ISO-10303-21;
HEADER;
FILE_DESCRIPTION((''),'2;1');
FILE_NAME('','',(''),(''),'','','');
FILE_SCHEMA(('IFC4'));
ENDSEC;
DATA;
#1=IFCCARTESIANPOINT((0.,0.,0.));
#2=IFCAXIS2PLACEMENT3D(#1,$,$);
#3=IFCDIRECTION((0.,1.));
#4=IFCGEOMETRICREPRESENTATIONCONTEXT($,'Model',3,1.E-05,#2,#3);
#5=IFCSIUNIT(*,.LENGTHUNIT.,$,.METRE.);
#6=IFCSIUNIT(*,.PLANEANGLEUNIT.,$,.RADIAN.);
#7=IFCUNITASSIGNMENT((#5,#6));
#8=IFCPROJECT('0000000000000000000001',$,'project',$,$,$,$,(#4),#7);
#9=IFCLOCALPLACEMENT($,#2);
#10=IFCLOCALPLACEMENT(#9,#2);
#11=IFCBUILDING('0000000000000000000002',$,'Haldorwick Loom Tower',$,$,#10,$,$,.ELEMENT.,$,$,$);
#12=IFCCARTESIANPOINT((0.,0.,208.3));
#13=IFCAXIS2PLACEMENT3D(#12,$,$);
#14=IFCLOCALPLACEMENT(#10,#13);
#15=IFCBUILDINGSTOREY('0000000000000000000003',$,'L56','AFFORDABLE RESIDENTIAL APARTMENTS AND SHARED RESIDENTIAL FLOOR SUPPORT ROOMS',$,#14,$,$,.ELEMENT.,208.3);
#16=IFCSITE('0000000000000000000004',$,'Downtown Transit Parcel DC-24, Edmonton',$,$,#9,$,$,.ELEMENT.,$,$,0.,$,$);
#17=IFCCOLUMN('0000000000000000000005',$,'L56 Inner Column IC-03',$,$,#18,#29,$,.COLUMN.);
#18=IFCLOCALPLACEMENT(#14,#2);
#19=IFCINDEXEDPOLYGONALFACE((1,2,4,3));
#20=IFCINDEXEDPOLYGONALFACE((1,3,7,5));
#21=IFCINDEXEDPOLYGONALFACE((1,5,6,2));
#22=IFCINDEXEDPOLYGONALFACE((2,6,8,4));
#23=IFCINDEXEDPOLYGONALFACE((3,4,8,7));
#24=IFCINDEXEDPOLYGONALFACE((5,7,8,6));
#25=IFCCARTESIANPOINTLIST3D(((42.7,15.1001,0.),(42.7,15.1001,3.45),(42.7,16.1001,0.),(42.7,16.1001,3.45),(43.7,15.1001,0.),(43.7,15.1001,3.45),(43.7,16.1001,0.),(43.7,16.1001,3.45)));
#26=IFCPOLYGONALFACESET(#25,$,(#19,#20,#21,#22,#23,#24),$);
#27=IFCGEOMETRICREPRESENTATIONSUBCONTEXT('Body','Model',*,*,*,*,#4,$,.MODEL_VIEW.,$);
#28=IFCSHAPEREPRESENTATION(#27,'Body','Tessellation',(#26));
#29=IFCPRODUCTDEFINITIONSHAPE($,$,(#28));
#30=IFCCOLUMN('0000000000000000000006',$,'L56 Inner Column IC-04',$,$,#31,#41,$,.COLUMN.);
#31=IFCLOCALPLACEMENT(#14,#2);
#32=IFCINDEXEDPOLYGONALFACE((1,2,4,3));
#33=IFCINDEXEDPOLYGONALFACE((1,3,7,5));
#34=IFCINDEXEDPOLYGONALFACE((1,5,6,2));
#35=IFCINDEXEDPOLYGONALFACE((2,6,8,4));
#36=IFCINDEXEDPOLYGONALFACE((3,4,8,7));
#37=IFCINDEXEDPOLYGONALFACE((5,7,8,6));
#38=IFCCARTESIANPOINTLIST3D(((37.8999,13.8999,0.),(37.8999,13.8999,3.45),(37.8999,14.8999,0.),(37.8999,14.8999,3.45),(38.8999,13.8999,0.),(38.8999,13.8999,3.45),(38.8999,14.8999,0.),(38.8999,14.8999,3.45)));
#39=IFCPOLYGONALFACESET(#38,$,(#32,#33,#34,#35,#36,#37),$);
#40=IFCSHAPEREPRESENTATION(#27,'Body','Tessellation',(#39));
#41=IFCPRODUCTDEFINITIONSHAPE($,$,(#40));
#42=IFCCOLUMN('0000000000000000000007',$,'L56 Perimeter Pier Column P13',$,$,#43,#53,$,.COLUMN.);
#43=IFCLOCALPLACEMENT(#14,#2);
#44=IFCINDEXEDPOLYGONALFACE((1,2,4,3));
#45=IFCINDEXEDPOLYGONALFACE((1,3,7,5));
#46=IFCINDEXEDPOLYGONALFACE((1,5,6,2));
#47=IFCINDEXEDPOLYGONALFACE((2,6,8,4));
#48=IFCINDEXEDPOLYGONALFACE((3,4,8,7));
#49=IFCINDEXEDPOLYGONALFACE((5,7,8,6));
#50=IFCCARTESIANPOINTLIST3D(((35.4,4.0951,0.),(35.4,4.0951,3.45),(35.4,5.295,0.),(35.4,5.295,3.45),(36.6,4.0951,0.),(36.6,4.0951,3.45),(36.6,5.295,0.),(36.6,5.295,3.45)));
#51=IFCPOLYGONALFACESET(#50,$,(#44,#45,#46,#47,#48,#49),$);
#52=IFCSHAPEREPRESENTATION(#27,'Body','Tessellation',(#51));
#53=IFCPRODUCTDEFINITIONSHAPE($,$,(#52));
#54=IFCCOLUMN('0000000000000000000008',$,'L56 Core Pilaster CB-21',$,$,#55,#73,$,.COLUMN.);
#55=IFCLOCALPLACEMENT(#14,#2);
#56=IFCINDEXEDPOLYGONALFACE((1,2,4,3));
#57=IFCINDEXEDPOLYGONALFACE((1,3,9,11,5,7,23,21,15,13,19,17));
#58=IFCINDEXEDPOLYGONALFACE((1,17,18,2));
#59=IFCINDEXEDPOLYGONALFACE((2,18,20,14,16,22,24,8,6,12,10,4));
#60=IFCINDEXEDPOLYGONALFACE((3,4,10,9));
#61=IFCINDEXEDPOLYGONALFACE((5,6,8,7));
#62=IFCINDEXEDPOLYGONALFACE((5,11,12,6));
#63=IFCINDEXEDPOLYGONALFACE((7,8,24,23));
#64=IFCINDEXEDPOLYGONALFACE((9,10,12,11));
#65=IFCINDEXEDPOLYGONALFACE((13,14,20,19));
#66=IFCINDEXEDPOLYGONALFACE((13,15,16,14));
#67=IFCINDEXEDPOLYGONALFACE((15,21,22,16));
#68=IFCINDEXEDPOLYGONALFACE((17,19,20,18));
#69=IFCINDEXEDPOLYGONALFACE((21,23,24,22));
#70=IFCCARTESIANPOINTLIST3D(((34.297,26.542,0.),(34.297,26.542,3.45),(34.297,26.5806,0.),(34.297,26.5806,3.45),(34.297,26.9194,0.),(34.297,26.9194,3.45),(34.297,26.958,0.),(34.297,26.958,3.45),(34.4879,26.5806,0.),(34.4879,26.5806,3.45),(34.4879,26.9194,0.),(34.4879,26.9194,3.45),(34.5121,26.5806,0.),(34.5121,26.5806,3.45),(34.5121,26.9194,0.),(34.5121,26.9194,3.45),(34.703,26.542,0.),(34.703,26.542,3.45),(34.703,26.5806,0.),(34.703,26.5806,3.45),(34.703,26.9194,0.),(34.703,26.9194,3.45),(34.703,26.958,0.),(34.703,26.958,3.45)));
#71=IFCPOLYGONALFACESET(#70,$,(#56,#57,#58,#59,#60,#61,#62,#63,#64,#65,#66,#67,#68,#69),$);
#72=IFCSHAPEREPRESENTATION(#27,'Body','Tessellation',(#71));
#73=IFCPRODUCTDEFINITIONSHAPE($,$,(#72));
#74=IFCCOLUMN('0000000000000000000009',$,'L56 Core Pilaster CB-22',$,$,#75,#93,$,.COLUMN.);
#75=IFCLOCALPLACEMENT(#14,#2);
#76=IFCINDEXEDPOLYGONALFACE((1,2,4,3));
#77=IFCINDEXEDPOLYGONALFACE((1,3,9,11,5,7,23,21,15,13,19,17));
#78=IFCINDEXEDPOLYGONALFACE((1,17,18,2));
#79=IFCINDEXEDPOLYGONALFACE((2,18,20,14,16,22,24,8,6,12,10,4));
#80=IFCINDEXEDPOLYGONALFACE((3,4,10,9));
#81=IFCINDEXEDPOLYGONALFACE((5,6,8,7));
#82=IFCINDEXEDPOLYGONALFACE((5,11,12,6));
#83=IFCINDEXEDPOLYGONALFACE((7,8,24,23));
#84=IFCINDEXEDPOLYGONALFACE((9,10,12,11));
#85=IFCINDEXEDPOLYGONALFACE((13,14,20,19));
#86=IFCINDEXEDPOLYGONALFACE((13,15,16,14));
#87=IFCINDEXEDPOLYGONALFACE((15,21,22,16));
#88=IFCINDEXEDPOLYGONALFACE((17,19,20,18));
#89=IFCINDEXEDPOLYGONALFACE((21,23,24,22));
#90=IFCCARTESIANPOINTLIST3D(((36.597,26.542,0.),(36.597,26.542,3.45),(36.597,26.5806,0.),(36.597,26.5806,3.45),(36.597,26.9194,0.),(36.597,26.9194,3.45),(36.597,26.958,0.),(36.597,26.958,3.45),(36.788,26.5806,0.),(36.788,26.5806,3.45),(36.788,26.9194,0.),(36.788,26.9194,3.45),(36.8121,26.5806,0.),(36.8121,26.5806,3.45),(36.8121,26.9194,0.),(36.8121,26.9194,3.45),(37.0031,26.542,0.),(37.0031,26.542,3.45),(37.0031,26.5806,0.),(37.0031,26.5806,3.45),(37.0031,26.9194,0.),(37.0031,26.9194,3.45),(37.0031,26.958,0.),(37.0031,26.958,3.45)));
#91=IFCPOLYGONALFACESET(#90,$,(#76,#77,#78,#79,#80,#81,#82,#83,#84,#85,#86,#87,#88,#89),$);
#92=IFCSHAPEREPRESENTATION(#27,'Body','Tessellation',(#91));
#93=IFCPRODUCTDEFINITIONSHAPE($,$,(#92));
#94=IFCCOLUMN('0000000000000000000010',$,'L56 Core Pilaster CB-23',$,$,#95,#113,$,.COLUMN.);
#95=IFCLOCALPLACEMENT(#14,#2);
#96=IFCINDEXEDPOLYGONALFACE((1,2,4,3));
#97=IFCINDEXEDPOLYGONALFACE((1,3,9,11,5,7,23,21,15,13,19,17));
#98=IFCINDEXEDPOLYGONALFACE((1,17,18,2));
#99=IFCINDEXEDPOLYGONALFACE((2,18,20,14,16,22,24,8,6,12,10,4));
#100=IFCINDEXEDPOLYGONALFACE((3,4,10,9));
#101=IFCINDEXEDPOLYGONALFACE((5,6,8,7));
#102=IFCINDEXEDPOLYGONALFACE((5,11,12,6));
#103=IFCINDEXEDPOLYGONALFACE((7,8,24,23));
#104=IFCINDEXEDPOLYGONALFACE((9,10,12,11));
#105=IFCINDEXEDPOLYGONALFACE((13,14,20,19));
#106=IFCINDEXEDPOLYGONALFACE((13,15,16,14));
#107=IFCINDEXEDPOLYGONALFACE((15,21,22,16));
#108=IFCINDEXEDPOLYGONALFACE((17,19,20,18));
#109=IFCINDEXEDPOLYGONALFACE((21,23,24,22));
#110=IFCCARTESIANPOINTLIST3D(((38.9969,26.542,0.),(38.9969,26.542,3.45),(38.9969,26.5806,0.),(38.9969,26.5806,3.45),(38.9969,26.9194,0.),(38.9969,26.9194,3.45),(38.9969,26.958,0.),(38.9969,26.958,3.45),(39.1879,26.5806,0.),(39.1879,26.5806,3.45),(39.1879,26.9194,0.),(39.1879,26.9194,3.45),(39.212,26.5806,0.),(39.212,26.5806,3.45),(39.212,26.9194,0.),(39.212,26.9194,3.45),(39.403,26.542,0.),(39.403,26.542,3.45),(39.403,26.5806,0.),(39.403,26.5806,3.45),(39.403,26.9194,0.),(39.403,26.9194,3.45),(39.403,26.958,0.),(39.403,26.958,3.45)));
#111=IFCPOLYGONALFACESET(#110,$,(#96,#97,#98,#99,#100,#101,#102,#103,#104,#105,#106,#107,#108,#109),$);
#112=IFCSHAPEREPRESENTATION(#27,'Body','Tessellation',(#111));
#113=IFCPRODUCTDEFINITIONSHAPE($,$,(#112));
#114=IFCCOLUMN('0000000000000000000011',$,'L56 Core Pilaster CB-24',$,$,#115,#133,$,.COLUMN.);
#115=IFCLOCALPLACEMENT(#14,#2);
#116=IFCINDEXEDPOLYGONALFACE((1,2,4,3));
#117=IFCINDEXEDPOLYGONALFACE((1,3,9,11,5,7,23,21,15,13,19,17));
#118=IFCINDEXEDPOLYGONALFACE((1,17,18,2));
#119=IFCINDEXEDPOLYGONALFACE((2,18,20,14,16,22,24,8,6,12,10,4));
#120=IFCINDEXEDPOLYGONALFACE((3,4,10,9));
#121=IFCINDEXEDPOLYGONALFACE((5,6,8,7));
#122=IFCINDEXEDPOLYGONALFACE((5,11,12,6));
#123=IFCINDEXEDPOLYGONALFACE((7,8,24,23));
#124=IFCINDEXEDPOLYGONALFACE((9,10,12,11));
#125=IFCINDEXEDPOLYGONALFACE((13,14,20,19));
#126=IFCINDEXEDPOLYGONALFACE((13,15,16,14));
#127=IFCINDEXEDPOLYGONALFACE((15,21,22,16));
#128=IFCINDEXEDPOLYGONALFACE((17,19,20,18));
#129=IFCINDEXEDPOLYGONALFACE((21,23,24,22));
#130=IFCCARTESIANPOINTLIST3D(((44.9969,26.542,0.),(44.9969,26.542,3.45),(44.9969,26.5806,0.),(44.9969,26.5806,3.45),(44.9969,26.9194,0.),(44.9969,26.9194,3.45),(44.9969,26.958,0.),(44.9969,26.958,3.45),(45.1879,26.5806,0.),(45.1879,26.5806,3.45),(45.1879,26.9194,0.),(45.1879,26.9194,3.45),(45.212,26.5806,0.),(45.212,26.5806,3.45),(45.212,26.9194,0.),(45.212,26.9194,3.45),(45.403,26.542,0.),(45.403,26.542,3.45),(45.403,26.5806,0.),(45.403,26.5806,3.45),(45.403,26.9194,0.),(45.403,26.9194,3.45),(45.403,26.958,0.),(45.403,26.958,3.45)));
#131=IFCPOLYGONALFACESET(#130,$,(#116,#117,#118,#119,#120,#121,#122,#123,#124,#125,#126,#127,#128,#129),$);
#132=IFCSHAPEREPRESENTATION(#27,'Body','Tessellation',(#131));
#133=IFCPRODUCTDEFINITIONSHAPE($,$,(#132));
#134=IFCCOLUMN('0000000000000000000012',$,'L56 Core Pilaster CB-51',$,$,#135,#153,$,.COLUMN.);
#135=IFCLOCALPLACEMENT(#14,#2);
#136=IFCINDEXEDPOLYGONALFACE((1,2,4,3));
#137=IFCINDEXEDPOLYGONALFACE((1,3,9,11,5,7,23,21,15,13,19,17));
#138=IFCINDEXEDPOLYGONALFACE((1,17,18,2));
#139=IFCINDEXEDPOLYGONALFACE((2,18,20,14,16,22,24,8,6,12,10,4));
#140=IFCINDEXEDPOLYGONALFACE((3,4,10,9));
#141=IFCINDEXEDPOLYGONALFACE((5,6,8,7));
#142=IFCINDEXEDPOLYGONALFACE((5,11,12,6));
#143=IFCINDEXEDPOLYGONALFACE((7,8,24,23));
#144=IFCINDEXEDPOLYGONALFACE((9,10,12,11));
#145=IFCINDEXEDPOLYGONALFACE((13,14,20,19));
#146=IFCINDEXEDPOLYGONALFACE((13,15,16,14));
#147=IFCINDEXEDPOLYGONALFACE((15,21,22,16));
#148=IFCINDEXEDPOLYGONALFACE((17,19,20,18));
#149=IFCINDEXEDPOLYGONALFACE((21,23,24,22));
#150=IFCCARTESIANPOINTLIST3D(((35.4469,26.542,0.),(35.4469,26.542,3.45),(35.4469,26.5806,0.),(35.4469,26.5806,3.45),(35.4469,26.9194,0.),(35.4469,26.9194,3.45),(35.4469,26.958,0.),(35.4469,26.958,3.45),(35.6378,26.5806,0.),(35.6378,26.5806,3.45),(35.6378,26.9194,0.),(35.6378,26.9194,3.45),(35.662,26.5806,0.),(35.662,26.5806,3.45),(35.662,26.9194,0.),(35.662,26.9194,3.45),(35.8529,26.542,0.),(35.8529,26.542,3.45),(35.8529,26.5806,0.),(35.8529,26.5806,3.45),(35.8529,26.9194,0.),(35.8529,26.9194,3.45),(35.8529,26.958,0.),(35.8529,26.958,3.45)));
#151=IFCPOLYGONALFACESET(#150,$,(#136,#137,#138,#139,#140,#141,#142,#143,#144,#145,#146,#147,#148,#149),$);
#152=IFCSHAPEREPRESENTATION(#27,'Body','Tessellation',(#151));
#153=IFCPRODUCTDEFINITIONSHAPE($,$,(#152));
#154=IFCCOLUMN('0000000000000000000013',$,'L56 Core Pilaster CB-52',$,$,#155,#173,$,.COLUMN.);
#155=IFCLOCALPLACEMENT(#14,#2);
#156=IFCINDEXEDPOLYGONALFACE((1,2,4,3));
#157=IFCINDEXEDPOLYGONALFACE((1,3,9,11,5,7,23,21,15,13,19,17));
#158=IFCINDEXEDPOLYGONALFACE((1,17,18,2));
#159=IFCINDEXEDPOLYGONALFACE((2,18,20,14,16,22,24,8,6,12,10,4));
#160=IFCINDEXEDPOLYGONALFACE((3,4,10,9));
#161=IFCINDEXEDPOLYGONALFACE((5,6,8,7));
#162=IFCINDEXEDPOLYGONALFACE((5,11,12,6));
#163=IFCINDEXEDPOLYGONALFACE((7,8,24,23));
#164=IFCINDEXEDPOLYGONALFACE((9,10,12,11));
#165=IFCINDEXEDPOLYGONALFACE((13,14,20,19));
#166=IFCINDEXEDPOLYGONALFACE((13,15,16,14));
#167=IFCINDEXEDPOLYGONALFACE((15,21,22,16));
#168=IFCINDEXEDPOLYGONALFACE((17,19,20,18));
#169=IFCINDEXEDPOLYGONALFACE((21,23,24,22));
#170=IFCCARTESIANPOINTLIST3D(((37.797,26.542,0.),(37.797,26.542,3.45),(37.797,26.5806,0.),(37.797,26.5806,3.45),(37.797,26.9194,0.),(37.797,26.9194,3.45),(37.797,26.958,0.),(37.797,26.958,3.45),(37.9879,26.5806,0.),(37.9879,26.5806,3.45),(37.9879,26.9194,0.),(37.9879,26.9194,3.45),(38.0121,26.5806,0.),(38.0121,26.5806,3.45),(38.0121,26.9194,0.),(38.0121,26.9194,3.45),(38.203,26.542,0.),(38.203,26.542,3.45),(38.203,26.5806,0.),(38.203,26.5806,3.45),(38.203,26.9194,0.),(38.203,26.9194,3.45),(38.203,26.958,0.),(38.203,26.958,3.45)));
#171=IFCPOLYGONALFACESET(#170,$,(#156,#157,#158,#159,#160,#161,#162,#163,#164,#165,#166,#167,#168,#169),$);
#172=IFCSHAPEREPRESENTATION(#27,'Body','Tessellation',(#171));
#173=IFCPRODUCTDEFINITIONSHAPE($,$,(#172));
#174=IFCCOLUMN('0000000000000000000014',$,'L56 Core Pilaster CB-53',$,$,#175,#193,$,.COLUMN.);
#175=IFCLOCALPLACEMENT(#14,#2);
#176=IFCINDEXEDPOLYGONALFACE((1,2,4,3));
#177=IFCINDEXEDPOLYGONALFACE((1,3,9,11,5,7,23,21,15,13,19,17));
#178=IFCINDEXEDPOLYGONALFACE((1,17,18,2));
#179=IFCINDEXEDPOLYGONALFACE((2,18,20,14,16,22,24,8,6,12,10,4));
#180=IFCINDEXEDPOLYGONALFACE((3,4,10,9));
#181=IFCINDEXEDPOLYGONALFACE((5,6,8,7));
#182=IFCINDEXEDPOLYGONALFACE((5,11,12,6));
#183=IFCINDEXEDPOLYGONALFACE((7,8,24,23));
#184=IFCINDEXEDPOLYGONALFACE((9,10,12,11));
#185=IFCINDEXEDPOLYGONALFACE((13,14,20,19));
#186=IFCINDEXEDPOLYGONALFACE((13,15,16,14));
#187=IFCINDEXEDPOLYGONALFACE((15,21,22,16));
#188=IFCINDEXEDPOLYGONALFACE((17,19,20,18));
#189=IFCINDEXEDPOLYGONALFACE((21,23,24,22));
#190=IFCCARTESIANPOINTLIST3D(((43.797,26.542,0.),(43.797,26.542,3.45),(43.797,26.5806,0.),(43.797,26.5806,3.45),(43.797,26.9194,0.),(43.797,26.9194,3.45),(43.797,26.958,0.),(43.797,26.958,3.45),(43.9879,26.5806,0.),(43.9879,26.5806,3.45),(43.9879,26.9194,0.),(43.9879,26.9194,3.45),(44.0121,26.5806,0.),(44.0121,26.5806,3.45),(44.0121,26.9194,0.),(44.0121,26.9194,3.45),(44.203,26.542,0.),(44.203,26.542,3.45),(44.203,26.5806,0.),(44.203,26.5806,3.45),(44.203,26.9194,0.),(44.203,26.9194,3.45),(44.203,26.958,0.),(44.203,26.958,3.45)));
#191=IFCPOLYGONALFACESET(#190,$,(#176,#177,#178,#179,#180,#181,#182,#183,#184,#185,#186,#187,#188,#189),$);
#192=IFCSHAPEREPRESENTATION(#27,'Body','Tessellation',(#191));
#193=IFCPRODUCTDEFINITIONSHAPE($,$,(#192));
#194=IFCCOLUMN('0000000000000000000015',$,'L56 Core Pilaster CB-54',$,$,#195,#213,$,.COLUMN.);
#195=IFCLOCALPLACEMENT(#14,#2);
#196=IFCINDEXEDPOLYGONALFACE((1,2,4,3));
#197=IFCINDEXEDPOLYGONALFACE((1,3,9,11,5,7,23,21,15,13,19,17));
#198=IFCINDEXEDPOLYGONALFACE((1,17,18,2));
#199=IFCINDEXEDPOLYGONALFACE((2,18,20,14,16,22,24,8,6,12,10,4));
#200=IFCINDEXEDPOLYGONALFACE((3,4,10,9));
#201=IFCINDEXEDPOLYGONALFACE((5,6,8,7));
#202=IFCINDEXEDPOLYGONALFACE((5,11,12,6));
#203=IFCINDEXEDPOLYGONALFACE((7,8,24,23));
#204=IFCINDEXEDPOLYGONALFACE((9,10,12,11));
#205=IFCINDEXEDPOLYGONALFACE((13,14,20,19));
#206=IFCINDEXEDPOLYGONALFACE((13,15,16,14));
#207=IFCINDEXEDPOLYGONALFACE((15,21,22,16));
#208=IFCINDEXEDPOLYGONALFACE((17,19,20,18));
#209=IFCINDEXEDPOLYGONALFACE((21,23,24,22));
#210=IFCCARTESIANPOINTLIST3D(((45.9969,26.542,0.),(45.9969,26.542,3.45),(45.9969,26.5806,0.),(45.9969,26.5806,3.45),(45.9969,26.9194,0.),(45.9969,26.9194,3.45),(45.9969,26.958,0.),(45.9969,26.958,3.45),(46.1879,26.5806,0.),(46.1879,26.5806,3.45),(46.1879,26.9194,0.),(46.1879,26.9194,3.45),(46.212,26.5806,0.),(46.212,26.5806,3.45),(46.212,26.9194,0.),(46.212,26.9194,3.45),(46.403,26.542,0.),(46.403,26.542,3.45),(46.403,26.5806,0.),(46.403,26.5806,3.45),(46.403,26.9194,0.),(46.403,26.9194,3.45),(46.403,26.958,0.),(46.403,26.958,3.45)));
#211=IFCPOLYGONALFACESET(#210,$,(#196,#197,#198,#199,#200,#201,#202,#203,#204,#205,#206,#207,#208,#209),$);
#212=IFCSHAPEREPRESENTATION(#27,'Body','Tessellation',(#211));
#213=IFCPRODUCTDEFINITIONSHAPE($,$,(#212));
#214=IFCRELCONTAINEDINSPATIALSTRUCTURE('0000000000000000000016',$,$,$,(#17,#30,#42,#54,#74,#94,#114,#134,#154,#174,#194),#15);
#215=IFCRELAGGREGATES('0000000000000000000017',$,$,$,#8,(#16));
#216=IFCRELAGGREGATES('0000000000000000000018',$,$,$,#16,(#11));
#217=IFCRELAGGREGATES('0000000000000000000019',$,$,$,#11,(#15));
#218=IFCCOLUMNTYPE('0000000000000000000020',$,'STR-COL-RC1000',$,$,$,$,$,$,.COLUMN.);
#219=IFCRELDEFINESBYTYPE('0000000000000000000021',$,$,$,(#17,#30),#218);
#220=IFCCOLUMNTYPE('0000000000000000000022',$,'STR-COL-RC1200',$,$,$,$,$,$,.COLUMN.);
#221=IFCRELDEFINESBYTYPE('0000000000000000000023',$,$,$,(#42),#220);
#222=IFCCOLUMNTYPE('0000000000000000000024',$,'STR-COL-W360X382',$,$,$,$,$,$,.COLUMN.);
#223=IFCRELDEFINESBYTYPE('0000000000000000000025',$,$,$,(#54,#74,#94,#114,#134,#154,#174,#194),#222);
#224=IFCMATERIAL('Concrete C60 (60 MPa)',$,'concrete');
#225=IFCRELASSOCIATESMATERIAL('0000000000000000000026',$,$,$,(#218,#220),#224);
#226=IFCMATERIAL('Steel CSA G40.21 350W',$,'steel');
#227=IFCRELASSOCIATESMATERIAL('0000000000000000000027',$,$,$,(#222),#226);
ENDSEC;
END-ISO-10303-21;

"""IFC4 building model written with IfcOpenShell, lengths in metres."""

from ifc_helpers import new_model, si_unit, direction, frame, origin, origin_2d, place, context, subcontext, project, spatial, rectangle, i_section, extrude, material, material_profile, profile_set, type_object, element, save


model = new_model("IFC4")

# Units and contexts
model_context = context("Model", 3, precision=1e-05, world=origin(), true_north=direction((0.0, 1.0)))
body_context = subcontext(model_context, "Body", "Model", "MODEL_VIEW")
ifc_project = project(units=[si_unit("LENGTHUNIT", "METRE"), si_unit("PLANEANGLEUNIT", "RADIAN")], contexts=[model_context])

# Site, building, storey
site_placement = place(None, origin())
site = spatial("IfcSite", under=ifc_project, at=site_placement, Name="Downtown Transit Parcel DC-24, Edmonton", CompositionType="ELEMENT", RefElevation=0.0)
building_placement = place(site_placement, origin())
building = spatial("IfcBuilding", under=site, at=building_placement, Name="Haldorwick Loom Tower", CompositionType="ELEMENT")
storey_placement = place(building_placement, frame((0.0, 0.0, 208.3)))
storey = spatial("IfcBuildingStorey", under=building, at=storey_placement, Name="L56", Description="AFFORDABLE RESIDENTIAL APARTMENTS AND SHARED RESIDENTIAL FLOOR SUPPORT ROOMS", CompositionType="ELEMENT", Elevation=208.3)

# Columns
ifc_material_1 = material(Name="Concrete C60 (60 MPa)", Category="concrete")
ifc_material_profile_1 = material_profile(ifc_material_1, rectangle(XDim=1.0, YDim=1.0, at=origin_2d()), Name="RC1000X1000", Category="concrete")
ifc_profile_set_1 = profile_set([ifc_material_profile_1], Name="Concrete C60 (60 MPa)")
column_type_1 = type_object("IfcColumnType", Name="STR-COL-RC1000", PredefinedType="COLUMN", material=ifc_profile_set_1)
for number, where, z_axis, x_axis, name in (
    (1, (43.2, 15.6001, 0.0), (0.0, 0.0, 1.0), (1.0, 0.0, 0.0), "L56 Inner Column IC-03"),
    (2, (38.3999, 14.3999, 0.0), (0.0, 0.0, 1.0), (1.0, 0.0, 0.0), "L56 Inner Column IC-04"),
):
    element("IfcColumn", number, at=place(storey_placement, frame(where, z_axis=z_axis, x_axis=x_axis)), inside=storey, type_object=column_type_1, Name=name, PredefinedType="COLUMN", context=body_context, shape_type="SweptSolid", body=[
        extrude(rectangle(XDim=1.0, YDim=1.0, at=origin_2d()), origin(), (0.0, 0.0, 1.0), 3.45),
    ])
ifc_material_profile_2 = material_profile(ifc_material_1, rectangle(XDim=1.2, YDim=1.2, at=origin_2d()), Name="RC1200X1200", Category="concrete")
ifc_profile_set_2 = profile_set([ifc_material_profile_2], Name="Concrete C60 (60 MPa)")
column_type_2 = type_object("IfcColumnType", Name="STR-COL-RC1200", PredefinedType="COLUMN", material=ifc_profile_set_2)
column_placement = place(storey_placement, frame((36.0, 4.6951, 0.0), z_axis=(0.0, 0.0, 1.0), x_axis=(0.0, -1.0, 0.0)))
element("IfcColumn", 3, at=column_placement, inside=storey, type_object=column_type_2, Name="L56 Perimeter Pier Column P13", PredefinedType="COLUMN", context=body_context, shape_type="SweptSolid", body=[
    extrude(rectangle(XDim=1.2, YDim=1.2, at=origin_2d()), origin(), (0.0, 0.0, 1.0), 3.45),
])
ifc_material_2 = material(Name="Steel CSA G40.21 350W", Category="steel")
ifc_material_profile_3 = material_profile(ifc_material_2, i_section(OverallWidth=0.406, OverallDepth=0.416, WebThickness=0.0242, FlangeThickness=0.0386, at=origin_2d()), Name="W360X382", Category="steel")
ifc_profile_set_3 = profile_set([ifc_material_profile_3], Name="Steel CSA G40.21 350W")
column_type_3 = type_object("IfcColumnType", Name="STR-COL-W360X382", PredefinedType="COLUMN", material=ifc_profile_set_3)
for number, where, z_axis, x_axis, name in (
    (4, (34.5, 26.75, 0.0), (0.0, 0.0, 1.0), (1.0, 0.0, 0.0), "L56 Core Pilaster CB-21"),
    (5, (36.8, 26.75, 0.0), (0.0, 0.0, 1.0), (1.0, 0.0, 0.0), "L56 Core Pilaster CB-22"),
    (6, (39.2, 26.75, 0.0), (0.0, 0.0, 1.0), (1.0, 0.0, 0.0), "L56 Core Pilaster CB-23"),
    (7, (45.2, 26.75, 0.0), (0.0, 0.0, 1.0), (1.0, 0.0, 0.0), "L56 Core Pilaster CB-24"),
    (8, (35.6499, 26.75, 0.0), (0.0, 0.0, 1.0), (1.0, 0.0, 0.0), "L56 Core Pilaster CB-51"),
    (9, (38.0, 26.75, 0.0), (0.0, 0.0, 1.0), (1.0, 0.0, 0.0), "L56 Core Pilaster CB-52"),
    (10, (44.0, 26.75, 0.0), (0.0, 0.0, 1.0), (1.0, 0.0, 0.0), "L56 Core Pilaster CB-53"),
    (11, (46.2, 26.75, 0.0), (0.0, 0.0, 1.0), (1.0, 0.0, 0.0), "L56 Core Pilaster CB-54"),
):
    element("IfcColumn", number, at=place(storey_placement, frame(where, z_axis=z_axis, x_axis=x_axis)), inside=storey, type_object=column_type_3, Name=name, PredefinedType="COLUMN", context=body_context, shape_type="SweptSolid", body=[
        extrude(i_section(OverallWidth=0.406, OverallDepth=0.416, WebThickness=0.0242, FlangeThickness=0.0386, at=origin_2d()), origin(), (0.0, 0.0, 1.0), 3.45),
    ])

save(model, "model.ifc")
